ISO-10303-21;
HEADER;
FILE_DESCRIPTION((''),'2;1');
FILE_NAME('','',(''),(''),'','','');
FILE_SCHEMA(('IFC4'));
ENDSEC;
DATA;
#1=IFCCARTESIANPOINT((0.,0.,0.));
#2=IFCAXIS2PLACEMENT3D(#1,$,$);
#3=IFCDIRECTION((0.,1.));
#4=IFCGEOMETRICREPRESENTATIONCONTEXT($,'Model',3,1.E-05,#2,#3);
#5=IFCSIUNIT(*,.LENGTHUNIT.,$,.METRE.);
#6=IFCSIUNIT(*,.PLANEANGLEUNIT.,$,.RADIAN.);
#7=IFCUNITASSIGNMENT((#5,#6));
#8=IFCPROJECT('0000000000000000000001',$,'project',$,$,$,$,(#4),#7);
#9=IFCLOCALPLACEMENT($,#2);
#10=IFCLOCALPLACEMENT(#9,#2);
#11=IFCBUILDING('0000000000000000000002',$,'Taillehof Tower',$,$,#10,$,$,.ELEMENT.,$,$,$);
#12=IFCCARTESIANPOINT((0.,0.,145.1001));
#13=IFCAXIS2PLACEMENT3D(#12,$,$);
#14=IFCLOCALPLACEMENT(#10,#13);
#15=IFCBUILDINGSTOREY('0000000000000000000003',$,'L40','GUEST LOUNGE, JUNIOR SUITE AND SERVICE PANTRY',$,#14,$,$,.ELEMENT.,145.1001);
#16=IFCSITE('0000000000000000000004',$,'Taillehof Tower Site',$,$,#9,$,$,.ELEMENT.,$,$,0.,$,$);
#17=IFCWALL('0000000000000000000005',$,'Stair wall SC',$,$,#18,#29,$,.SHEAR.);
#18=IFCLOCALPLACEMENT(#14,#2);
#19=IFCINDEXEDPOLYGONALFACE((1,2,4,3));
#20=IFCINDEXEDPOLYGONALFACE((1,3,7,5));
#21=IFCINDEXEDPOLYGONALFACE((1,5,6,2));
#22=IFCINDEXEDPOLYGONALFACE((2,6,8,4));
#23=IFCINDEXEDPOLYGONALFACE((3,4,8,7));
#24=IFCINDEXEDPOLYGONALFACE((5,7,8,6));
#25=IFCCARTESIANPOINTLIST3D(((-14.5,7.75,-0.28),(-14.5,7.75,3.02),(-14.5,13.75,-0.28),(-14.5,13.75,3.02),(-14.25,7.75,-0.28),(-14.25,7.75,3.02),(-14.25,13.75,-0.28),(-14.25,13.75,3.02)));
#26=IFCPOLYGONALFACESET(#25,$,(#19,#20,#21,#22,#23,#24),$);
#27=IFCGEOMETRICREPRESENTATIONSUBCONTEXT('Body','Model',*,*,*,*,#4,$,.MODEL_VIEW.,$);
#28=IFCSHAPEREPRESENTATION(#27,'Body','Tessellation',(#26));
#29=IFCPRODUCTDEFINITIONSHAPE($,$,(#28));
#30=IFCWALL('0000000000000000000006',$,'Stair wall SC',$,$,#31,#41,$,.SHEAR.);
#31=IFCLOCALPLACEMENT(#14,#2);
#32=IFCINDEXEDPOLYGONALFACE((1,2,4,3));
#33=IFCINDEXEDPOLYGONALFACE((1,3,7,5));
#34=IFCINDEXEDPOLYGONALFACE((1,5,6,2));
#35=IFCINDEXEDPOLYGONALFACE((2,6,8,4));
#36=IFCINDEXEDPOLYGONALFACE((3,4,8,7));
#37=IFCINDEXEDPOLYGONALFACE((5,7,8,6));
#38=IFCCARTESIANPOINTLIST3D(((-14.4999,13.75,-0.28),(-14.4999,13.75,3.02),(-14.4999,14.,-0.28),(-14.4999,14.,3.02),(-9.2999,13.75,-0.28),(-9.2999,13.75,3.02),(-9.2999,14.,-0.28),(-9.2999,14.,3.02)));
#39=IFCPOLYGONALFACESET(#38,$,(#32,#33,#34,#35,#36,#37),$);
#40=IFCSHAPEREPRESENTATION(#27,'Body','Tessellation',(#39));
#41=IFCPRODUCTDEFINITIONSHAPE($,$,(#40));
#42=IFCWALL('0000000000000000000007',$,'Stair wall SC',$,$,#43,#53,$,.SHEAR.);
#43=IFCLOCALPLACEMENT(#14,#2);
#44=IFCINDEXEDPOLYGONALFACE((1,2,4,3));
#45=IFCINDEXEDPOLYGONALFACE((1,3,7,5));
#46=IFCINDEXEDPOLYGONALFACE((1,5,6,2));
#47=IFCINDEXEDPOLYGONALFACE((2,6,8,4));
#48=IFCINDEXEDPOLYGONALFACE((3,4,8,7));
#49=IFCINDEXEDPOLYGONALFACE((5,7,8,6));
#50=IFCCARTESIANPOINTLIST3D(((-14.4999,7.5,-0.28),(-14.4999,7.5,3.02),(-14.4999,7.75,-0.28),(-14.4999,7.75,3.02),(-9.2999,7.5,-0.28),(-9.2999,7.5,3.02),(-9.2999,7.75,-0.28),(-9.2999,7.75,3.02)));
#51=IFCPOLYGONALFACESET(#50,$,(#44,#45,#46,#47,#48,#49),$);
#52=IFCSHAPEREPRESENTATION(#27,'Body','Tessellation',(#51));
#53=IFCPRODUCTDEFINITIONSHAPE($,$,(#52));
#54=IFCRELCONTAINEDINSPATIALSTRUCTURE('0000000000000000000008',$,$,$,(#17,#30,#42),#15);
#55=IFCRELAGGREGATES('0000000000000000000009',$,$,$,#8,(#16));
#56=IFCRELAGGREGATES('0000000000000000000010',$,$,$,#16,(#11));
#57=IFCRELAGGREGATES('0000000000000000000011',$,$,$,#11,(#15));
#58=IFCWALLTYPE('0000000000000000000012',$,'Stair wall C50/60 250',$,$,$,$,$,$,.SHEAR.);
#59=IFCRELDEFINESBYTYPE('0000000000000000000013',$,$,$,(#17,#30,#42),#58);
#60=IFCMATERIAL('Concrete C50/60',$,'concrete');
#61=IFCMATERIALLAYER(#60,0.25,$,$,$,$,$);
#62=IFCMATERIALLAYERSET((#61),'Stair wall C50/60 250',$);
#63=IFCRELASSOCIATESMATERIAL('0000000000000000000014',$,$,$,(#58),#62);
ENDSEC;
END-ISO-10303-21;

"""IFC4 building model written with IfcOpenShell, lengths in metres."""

from ifc_helpers import new_model, si_unit, direction, frame, frame_2d, origin, place, context, subcontext, project, spatial, rectangle, extrude, material, layer, layer_set, type_object, element, save


model = new_model("IFC4")

# Units and contexts
model_context = context("Model", 3, precision=1e-05, world=origin(), true_north=direction((0.0, 1.0)))
body_context = subcontext(model_context, "Body", "Model", "MODEL_VIEW")
ifc_project = project(units=[si_unit("LENGTHUNIT", "METRE"), si_unit("PLANEANGLEUNIT", "RADIAN")], contexts=[model_context])

# Site, building, storey
site_placement = place(None, origin())
site = spatial("IfcSite", under=ifc_project, at=site_placement, Name="Taillehof Tower Site", CompositionType="ELEMENT", RefElevation=0.0)
building_placement = place(site_placement, origin())
building = spatial("IfcBuilding", under=site, at=building_placement, Name="Taillehof Tower", CompositionType="ELEMENT")
storey_placement = place(building_placement, frame((0.0, 0.0, 145.1001)))
storey = spatial("IfcBuildingStorey", under=building, at=storey_placement, Name="L40", Description="GUEST LOUNGE, JUNIOR SUITE AND SERVICE PANTRY", CompositionType="ELEMENT", Elevation=145.1001)

# Walls
ifc_material_1 = material(Name="Concrete C50/60", Category="concrete")
ifc_layer_1 = layer(ifc_material_1, 0.25)
ifc_layer_set_1 = layer_set([ifc_layer_1], Name="Stair wall C50/60 250")
wall_type_1 = type_object("IfcWallType", Name="Stair wall C50/60 250", PredefinedType="SHEAR", material=ifc_layer_set_1)
wall_1_placement = place(storey_placement, frame((-14.375, 7.75, -0.28), z_axis=(0.0, 0.0, 1.0), x_axis=(0.0, 1.0, 0.0)))
element("IfcWall", 1, at=wall_1_placement, inside=storey, type_object=wall_type_1, Name="Stair wall SC", PredefinedType="SHEAR", context=body_context, shape_type="SweptSolid", body=[
    extrude(rectangle(XDim=6.0, YDim=0.25, at=frame_2d((3.0, 0.0))), origin(), (0.0, 0.0, 1.0), 3.3),
])
for number, where, z_axis, x_axis, name in (
    (2, (-14.5, 13.875, -0.28), (0.0, 0.0, 1.0), (1.0, 0.0, 0.0), "Stair wall SC"),
    (3, (-14.5, 7.625, -0.28), (0.0, 0.0, 1.0), (1.0, 0.0, 0.0), "Stair wall SC"),
):
    element("IfcWall", number, at=place(storey_placement, frame(where, z_axis=z_axis, x_axis=x_axis)), inside=storey, type_object=wall_type_1, Name=name, PredefinedType="SHEAR", context=body_context, shape_type="SweptSolid", body=[
        extrude(rectangle(XDim=5.2, YDim=0.25, at=frame_2d((2.6001, 0.0))), origin(), (0.0, 0.0, 1.0), 3.3),
    ])

save(model, "model.ifc")
